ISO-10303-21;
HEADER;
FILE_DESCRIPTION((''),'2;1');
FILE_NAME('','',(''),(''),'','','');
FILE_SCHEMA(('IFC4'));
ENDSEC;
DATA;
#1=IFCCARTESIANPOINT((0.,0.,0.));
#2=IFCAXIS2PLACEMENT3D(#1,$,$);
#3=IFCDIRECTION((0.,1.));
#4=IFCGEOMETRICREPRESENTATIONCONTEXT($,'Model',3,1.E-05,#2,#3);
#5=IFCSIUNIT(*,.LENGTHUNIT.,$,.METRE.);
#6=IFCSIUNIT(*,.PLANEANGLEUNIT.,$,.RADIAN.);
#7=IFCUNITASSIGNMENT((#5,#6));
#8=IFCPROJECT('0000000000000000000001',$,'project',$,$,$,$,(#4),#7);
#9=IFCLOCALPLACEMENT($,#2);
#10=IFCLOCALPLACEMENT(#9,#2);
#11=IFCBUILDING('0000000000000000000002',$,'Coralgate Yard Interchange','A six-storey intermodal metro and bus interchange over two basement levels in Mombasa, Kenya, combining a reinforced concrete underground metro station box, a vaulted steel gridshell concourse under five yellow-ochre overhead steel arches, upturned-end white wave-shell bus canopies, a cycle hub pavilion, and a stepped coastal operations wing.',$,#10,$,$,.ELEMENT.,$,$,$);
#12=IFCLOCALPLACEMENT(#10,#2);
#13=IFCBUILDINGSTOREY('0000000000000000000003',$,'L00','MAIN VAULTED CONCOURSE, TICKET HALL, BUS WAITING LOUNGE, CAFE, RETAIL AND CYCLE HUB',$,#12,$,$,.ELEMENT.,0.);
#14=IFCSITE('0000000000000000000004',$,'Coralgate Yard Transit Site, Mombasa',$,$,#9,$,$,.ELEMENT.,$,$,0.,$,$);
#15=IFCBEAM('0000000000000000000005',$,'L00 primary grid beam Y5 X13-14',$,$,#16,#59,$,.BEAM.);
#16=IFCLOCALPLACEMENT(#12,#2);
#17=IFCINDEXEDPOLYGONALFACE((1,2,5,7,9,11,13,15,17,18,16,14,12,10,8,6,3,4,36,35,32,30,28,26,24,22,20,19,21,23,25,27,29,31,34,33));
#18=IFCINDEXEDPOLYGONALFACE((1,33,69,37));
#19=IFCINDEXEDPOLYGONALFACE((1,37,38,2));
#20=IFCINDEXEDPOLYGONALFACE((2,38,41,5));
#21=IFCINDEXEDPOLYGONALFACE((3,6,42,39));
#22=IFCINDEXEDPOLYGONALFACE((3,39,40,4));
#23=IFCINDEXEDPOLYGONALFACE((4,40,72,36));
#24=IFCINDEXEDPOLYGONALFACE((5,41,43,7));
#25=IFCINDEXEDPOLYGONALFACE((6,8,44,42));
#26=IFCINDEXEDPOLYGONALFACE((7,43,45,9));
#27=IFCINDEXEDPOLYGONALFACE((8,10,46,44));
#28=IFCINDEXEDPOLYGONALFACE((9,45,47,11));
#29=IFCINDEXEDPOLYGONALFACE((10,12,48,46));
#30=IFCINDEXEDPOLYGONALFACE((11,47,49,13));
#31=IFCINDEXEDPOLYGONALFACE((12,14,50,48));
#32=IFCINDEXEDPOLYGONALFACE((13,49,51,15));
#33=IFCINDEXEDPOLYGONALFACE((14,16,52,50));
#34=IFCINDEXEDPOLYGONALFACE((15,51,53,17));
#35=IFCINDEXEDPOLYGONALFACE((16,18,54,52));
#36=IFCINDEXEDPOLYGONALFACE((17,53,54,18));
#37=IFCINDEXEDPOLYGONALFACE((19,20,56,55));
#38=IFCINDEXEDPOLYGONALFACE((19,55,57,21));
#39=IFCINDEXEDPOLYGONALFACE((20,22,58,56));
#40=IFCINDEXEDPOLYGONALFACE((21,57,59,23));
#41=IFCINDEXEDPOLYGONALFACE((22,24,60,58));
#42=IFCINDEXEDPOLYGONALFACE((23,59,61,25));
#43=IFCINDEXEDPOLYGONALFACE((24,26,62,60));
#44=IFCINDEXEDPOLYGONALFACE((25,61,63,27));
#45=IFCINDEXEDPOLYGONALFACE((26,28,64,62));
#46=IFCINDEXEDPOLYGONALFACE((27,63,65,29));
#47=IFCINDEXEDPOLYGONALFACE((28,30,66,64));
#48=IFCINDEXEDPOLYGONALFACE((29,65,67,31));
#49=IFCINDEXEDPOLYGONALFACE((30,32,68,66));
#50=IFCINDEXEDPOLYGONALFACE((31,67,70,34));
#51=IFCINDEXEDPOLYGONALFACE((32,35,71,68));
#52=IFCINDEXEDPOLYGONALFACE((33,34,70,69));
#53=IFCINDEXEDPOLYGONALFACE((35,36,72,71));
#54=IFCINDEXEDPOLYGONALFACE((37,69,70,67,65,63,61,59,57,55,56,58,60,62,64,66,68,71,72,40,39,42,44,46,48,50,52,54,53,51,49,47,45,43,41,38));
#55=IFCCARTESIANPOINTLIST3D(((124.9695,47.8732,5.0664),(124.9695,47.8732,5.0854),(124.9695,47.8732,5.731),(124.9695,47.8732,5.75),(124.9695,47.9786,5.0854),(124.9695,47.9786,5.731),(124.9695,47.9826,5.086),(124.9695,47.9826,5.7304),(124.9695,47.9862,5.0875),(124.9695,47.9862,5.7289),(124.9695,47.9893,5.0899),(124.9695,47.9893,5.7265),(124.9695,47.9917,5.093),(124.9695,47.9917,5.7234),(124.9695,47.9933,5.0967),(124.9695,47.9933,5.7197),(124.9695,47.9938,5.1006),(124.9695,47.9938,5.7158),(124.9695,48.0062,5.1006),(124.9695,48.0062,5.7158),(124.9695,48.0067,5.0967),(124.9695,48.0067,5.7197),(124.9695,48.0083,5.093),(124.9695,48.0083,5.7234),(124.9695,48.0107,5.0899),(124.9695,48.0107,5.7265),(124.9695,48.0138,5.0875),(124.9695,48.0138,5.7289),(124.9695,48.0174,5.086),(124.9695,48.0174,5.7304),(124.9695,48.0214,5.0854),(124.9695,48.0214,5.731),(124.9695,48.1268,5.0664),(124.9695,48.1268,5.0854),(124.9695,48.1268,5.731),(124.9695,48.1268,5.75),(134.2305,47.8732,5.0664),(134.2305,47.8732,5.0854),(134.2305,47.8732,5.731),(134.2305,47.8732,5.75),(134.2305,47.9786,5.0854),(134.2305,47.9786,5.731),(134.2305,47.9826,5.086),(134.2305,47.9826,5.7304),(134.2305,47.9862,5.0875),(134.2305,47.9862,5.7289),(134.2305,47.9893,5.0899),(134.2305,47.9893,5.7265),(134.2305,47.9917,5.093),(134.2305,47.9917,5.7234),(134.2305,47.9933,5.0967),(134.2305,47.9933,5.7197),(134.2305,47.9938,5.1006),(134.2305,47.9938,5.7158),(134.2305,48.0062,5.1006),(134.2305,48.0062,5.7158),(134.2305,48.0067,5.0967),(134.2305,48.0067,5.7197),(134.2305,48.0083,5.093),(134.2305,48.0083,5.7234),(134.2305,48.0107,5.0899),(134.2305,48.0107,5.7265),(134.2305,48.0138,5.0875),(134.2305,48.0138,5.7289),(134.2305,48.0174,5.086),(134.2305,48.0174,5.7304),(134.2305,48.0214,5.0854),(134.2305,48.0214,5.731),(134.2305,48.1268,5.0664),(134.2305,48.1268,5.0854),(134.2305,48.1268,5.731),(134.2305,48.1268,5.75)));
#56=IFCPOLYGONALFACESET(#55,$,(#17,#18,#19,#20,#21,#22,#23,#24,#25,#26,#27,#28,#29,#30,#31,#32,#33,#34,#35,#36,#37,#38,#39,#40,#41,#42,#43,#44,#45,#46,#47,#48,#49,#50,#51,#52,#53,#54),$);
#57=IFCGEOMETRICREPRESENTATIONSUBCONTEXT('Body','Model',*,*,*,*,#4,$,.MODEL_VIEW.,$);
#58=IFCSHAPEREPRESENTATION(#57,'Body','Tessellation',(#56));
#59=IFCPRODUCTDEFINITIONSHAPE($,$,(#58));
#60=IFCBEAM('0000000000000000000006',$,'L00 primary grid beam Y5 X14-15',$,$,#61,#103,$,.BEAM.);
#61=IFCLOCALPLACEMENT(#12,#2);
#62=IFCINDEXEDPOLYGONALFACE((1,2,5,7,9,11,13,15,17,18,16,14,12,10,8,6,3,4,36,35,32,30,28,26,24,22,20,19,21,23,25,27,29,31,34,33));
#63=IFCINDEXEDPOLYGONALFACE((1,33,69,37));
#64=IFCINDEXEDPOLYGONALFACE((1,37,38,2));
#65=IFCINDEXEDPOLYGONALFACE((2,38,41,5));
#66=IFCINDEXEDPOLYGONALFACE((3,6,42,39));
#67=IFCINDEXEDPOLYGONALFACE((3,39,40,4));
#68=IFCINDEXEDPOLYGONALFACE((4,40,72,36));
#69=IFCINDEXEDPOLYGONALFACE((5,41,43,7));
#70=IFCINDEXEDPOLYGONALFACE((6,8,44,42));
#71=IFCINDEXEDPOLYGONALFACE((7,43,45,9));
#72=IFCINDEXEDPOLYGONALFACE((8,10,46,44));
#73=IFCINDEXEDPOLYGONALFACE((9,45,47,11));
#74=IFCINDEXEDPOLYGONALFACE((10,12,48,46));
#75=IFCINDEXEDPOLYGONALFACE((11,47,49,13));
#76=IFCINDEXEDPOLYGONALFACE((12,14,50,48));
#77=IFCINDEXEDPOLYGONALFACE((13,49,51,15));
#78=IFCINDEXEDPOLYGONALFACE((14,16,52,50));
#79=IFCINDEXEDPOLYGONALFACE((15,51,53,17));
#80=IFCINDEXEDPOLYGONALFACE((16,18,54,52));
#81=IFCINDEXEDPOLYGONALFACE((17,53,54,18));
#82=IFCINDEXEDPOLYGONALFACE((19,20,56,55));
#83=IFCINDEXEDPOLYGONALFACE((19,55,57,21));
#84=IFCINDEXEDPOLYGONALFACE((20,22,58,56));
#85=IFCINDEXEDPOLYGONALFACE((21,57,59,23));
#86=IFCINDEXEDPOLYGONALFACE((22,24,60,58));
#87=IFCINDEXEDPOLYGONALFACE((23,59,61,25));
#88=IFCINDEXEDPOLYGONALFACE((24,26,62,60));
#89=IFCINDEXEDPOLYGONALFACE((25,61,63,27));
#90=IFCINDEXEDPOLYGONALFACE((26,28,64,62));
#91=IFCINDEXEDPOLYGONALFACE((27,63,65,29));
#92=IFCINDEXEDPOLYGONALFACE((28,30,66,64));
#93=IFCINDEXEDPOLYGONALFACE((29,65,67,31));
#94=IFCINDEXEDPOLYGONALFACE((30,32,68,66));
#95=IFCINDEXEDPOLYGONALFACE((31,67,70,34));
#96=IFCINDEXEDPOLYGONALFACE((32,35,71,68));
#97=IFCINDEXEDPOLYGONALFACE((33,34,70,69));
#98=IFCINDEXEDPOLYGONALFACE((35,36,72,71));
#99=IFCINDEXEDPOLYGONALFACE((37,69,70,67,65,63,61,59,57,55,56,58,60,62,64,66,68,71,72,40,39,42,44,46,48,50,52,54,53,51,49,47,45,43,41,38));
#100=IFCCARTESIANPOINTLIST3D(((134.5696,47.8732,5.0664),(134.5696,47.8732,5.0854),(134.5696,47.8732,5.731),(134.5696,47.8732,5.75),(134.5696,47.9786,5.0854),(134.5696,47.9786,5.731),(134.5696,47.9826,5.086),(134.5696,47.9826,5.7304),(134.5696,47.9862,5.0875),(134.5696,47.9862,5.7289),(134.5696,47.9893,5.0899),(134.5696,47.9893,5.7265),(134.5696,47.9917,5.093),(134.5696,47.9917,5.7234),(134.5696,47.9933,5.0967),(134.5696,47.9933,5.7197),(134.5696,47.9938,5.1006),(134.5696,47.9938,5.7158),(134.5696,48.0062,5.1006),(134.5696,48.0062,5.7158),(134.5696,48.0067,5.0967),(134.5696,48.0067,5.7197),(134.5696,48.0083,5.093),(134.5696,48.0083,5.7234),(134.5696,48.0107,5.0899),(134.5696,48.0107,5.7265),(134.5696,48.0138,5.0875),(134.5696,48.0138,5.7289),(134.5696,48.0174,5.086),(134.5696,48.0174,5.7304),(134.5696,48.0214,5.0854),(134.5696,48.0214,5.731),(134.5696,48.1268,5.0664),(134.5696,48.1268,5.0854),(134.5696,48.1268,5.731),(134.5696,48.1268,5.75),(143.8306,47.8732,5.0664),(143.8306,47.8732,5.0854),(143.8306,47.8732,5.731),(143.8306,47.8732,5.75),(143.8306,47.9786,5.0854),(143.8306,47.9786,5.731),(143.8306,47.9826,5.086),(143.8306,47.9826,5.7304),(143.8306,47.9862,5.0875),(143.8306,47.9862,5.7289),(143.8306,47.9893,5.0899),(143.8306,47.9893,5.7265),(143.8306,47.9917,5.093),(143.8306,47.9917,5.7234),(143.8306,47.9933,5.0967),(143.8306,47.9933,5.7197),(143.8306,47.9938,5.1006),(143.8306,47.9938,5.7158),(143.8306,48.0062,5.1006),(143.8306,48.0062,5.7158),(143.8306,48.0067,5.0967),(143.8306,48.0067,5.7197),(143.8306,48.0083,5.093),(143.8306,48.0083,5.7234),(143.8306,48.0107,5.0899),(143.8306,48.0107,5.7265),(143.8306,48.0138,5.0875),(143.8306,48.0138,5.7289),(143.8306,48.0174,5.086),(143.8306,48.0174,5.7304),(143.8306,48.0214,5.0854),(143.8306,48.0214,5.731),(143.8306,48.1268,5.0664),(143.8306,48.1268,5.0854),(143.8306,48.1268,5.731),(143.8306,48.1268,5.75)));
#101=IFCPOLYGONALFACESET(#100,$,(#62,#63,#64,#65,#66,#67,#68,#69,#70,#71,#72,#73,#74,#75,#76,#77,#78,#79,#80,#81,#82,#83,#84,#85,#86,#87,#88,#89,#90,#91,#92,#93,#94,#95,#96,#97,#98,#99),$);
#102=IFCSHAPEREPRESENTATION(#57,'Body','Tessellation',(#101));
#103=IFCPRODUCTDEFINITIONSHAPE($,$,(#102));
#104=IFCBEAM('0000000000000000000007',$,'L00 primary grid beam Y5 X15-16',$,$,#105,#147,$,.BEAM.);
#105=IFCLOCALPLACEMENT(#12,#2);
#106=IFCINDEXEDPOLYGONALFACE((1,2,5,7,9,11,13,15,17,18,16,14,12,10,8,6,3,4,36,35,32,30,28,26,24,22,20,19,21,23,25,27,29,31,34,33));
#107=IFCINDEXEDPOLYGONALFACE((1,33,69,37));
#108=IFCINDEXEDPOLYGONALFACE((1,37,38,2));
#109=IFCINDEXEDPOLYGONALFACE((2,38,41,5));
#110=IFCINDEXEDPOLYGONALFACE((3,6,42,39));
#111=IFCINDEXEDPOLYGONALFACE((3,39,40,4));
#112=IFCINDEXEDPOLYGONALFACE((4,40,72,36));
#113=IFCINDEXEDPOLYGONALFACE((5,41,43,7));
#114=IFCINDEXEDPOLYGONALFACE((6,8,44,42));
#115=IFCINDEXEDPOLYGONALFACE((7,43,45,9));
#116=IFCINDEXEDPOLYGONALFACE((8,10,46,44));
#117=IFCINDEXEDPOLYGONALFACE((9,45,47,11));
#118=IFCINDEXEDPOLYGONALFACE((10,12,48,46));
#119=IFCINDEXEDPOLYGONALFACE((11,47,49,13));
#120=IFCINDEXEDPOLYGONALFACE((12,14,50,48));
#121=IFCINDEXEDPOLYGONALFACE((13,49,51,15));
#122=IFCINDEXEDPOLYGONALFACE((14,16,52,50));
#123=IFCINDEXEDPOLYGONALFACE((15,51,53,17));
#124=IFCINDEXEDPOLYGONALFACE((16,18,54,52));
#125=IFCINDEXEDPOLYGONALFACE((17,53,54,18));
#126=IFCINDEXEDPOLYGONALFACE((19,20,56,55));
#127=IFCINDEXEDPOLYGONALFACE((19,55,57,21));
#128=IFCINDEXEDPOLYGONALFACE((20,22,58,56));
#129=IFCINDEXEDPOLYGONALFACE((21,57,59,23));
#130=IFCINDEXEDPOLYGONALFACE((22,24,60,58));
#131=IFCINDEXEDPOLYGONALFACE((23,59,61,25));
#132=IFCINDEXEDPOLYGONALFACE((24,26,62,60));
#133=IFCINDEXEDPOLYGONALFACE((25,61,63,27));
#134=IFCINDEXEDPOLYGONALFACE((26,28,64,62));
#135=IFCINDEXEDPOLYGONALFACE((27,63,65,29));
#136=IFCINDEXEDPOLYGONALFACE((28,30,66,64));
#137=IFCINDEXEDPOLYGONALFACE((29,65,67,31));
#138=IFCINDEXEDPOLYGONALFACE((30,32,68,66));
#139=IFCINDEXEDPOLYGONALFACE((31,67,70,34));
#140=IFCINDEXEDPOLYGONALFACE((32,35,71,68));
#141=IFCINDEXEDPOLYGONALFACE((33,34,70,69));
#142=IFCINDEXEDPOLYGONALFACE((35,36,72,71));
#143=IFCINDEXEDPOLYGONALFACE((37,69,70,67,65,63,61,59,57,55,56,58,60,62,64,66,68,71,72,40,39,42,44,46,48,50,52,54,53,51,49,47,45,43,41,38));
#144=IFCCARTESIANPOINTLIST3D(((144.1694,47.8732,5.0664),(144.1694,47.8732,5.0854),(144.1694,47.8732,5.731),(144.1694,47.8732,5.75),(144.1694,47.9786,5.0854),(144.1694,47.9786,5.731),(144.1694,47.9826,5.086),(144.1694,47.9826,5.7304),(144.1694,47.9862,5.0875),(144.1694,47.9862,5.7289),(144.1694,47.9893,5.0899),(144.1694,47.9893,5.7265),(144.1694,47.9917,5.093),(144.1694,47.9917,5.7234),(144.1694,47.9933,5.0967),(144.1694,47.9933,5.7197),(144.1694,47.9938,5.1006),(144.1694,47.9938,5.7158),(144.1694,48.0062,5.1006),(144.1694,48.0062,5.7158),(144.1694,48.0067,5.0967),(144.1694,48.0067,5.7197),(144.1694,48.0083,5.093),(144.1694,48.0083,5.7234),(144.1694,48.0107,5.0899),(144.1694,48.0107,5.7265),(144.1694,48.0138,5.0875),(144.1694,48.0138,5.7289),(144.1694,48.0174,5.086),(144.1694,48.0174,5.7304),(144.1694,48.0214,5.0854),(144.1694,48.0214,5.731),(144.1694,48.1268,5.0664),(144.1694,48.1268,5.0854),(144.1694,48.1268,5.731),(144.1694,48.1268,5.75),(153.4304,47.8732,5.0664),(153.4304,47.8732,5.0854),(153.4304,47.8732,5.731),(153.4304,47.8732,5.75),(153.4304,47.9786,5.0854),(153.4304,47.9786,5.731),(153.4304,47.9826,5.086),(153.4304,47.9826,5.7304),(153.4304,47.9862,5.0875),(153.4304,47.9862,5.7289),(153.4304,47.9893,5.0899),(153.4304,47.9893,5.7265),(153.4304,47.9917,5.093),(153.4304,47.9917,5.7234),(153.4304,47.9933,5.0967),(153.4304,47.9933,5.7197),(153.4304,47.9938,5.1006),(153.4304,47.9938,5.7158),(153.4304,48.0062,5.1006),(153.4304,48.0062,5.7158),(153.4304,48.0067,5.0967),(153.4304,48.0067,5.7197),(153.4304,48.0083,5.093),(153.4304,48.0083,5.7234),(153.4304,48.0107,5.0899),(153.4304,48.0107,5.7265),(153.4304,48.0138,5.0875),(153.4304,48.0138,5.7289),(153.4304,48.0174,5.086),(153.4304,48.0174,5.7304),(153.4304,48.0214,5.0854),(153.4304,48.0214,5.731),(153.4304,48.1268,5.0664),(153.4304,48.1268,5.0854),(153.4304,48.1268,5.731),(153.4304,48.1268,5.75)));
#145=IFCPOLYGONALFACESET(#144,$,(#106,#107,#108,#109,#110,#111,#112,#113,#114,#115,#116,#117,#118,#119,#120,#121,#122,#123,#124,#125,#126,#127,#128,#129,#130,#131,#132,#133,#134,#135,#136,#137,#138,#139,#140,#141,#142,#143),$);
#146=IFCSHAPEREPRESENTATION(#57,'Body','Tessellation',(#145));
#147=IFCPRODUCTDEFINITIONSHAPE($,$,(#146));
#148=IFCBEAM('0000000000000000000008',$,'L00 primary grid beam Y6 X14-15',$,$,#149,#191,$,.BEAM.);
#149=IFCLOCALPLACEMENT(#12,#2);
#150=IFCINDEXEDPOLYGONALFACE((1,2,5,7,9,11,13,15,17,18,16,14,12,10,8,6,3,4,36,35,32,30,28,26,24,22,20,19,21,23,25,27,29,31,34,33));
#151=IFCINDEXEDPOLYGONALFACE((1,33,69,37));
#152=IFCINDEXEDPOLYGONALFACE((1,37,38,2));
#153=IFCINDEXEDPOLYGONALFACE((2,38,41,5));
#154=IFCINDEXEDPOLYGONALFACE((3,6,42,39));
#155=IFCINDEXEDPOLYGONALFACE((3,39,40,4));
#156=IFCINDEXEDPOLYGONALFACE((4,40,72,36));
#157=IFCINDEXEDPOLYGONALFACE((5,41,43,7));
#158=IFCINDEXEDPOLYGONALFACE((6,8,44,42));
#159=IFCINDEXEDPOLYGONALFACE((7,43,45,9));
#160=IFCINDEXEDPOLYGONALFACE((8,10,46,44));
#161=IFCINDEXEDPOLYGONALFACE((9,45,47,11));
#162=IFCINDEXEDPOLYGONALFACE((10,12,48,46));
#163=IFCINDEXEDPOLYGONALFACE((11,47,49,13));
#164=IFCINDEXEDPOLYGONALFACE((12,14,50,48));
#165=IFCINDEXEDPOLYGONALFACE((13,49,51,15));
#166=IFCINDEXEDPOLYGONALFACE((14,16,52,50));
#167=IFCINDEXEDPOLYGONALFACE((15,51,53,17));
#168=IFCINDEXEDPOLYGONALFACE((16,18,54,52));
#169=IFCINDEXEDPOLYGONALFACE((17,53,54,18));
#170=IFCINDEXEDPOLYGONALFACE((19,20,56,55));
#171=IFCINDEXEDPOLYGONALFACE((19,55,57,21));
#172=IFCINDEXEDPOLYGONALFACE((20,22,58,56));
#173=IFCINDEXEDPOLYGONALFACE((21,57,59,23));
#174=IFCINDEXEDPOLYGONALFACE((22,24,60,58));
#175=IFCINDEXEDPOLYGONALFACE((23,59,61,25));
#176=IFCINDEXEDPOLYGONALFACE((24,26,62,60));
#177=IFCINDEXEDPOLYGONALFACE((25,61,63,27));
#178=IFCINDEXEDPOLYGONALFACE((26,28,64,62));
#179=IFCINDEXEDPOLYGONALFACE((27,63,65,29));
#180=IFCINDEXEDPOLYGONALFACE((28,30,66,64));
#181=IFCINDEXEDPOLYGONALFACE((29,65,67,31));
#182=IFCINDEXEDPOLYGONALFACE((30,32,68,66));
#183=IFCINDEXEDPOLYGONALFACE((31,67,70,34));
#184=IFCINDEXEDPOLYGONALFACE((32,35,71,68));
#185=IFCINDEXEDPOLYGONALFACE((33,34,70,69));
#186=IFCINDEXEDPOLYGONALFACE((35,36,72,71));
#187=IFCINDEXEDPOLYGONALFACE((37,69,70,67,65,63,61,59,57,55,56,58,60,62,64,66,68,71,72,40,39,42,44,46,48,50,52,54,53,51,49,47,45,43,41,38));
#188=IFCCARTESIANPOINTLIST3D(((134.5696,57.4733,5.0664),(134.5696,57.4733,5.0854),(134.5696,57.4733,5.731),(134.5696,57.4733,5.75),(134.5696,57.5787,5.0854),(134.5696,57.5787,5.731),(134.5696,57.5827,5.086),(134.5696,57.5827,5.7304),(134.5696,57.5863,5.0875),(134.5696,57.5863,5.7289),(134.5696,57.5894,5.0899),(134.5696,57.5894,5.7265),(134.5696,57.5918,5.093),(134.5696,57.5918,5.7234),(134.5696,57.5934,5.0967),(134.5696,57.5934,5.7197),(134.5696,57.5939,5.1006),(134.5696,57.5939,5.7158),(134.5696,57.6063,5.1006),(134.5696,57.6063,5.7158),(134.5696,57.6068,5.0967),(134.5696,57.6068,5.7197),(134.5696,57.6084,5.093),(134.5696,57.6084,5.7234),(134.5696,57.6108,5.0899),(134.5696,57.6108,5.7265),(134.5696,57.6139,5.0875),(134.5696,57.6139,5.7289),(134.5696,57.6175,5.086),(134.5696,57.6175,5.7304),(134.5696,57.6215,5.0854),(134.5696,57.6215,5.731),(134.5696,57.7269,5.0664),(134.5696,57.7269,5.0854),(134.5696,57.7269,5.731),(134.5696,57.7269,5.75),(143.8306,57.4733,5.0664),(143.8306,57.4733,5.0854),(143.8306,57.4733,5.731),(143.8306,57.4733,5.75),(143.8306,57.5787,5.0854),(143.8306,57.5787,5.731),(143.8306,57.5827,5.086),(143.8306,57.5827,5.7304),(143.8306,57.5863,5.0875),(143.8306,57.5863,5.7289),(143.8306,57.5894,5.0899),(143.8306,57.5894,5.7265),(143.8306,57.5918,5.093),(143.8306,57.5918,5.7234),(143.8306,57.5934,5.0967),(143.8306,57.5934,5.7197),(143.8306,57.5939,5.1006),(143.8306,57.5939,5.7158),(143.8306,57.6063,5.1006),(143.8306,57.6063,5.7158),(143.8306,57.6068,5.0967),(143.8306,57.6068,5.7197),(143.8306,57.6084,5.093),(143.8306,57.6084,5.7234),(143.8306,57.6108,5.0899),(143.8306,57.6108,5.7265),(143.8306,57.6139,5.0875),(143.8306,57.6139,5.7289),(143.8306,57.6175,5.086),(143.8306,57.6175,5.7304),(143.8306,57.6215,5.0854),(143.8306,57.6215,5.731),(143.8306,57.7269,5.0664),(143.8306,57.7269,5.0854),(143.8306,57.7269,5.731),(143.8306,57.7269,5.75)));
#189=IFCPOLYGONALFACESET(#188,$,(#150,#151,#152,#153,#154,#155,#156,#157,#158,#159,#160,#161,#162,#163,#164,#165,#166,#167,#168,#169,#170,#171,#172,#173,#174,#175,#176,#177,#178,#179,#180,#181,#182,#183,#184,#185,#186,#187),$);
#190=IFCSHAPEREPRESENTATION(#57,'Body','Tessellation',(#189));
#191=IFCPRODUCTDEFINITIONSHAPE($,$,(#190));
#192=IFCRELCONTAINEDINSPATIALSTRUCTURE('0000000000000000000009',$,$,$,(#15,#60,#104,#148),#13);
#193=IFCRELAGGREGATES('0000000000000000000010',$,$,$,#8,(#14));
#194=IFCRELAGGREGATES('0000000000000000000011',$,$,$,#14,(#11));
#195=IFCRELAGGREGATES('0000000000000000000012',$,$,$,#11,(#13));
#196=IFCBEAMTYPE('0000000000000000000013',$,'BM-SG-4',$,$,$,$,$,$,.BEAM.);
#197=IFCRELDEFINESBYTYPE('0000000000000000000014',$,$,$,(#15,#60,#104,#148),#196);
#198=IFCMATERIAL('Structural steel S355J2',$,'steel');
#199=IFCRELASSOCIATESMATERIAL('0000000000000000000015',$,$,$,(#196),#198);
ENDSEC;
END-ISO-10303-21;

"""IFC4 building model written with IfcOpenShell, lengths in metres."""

from ifc_helpers import new_model, si_unit, direction, frame, origin, origin_2d, place, context, subcontext, project, spatial, i_section, extrude, material, material_profile, profile_set, type_object, element, save


model = new_model("IFC4")

# Units and contexts
model_context = context("Model", 3, precision=1e-05, world=origin(), true_north=direction((0.0, 1.0)))
body_context = subcontext(model_context, "Body", "Model", "MODEL_VIEW")
ifc_project = project(units=[si_unit("LENGTHUNIT", "METRE"), si_unit("PLANEANGLEUNIT", "RADIAN")], contexts=[model_context])

# Site, building, storey
site_placement = place(None, origin())
site = spatial("IfcSite", under=ifc_project, at=site_placement, Name="Coralgate Yard Transit Site, Mombasa", CompositionType="ELEMENT", RefElevation=0.0)
building_placement = place(site_placement, origin())
building = spatial("IfcBuilding", under=site, at=building_placement, Name="Coralgate Yard Interchange", Description="A six-storey intermodal metro and bus interchange over two basement levels in Mombasa, Kenya, combining a reinforced concrete underground metro station box, a vaulted steel gridshell concourse under five yellow-ochre overhead steel arches, upturned-end white wave-shell bus canopies, a cycle hub pavilion, and a stepped coastal operations wing.", CompositionType="ELEMENT")
storey_placement = place(building_placement, origin())
storey = spatial("IfcBuildingStorey", under=building, at=storey_placement, Name="L00", Description="MAIN VAULTED CONCOURSE, TICKET HALL, BUS WAITING LOUNGE, CAFE, RETAIL AND CYCLE HUB", CompositionType="ELEMENT", Elevation=0.0)

# Shared definitions
ifc_material = material(Name="Structural steel S355J2", Category="steel")

# Beams
ifc_material_profile_1 = material_profile(ifc_material, i_section(OverallWidth=0.2537, OverallDepth=0.6836, WebThickness=0.0125, FlangeThickness=0.019, FilletRadius=0.0151, at=origin_2d()), Name="UB 686x254x140")
ifc_profile_set_1 = profile_set([ifc_material_profile_1], Name="Structural steel S355J2")
beam_type_1 = type_object("IfcBeamType", Name="BM-SG-4", PredefinedType="BEAM", material=ifc_profile_set_1)
for number, where, z_axis, x_axis, name in (
    (1, (124.9695, 48.0, 5.4082), (1.0, 0.0, 0.0), (0.0, 1.0, 0.0), "L00 primary grid beam Y5 X13-14"),
    (2, (134.5696, 48.0, 5.4082), (1.0, 0.0, 0.0), (0.0, 1.0, 0.0), "L00 primary grid beam Y5 X14-15"),
    (3, (144.1694, 48.0, 5.4082), (1.0, 0.0, 0.0), (0.0, 1.0, 0.0), "L00 primary grid beam Y5 X15-16"),
    (4, (134.5696, 57.6001, 5.4082), (1.0, 0.0, 0.0), (0.0, 1.0, 0.0), "L00 primary grid beam Y6 X14-15"),
):
    element("IfcBeam", number, at=place(storey_placement, frame(where, z_axis=z_axis, x_axis=x_axis)), inside=storey, type_object=beam_type_1, Name=name, PredefinedType="BEAM", context=body_context, shape_type="SweptSolid", body=[
        extrude(i_section(OverallWidth=0.2537, OverallDepth=0.6836, WebThickness=0.0125, FlangeThickness=0.019, FilletRadius=0.0151, at=origin_2d()), origin(), (0.0, 0.0, 1.0), 9.261),
    ])

save(model, "model.ifc")
